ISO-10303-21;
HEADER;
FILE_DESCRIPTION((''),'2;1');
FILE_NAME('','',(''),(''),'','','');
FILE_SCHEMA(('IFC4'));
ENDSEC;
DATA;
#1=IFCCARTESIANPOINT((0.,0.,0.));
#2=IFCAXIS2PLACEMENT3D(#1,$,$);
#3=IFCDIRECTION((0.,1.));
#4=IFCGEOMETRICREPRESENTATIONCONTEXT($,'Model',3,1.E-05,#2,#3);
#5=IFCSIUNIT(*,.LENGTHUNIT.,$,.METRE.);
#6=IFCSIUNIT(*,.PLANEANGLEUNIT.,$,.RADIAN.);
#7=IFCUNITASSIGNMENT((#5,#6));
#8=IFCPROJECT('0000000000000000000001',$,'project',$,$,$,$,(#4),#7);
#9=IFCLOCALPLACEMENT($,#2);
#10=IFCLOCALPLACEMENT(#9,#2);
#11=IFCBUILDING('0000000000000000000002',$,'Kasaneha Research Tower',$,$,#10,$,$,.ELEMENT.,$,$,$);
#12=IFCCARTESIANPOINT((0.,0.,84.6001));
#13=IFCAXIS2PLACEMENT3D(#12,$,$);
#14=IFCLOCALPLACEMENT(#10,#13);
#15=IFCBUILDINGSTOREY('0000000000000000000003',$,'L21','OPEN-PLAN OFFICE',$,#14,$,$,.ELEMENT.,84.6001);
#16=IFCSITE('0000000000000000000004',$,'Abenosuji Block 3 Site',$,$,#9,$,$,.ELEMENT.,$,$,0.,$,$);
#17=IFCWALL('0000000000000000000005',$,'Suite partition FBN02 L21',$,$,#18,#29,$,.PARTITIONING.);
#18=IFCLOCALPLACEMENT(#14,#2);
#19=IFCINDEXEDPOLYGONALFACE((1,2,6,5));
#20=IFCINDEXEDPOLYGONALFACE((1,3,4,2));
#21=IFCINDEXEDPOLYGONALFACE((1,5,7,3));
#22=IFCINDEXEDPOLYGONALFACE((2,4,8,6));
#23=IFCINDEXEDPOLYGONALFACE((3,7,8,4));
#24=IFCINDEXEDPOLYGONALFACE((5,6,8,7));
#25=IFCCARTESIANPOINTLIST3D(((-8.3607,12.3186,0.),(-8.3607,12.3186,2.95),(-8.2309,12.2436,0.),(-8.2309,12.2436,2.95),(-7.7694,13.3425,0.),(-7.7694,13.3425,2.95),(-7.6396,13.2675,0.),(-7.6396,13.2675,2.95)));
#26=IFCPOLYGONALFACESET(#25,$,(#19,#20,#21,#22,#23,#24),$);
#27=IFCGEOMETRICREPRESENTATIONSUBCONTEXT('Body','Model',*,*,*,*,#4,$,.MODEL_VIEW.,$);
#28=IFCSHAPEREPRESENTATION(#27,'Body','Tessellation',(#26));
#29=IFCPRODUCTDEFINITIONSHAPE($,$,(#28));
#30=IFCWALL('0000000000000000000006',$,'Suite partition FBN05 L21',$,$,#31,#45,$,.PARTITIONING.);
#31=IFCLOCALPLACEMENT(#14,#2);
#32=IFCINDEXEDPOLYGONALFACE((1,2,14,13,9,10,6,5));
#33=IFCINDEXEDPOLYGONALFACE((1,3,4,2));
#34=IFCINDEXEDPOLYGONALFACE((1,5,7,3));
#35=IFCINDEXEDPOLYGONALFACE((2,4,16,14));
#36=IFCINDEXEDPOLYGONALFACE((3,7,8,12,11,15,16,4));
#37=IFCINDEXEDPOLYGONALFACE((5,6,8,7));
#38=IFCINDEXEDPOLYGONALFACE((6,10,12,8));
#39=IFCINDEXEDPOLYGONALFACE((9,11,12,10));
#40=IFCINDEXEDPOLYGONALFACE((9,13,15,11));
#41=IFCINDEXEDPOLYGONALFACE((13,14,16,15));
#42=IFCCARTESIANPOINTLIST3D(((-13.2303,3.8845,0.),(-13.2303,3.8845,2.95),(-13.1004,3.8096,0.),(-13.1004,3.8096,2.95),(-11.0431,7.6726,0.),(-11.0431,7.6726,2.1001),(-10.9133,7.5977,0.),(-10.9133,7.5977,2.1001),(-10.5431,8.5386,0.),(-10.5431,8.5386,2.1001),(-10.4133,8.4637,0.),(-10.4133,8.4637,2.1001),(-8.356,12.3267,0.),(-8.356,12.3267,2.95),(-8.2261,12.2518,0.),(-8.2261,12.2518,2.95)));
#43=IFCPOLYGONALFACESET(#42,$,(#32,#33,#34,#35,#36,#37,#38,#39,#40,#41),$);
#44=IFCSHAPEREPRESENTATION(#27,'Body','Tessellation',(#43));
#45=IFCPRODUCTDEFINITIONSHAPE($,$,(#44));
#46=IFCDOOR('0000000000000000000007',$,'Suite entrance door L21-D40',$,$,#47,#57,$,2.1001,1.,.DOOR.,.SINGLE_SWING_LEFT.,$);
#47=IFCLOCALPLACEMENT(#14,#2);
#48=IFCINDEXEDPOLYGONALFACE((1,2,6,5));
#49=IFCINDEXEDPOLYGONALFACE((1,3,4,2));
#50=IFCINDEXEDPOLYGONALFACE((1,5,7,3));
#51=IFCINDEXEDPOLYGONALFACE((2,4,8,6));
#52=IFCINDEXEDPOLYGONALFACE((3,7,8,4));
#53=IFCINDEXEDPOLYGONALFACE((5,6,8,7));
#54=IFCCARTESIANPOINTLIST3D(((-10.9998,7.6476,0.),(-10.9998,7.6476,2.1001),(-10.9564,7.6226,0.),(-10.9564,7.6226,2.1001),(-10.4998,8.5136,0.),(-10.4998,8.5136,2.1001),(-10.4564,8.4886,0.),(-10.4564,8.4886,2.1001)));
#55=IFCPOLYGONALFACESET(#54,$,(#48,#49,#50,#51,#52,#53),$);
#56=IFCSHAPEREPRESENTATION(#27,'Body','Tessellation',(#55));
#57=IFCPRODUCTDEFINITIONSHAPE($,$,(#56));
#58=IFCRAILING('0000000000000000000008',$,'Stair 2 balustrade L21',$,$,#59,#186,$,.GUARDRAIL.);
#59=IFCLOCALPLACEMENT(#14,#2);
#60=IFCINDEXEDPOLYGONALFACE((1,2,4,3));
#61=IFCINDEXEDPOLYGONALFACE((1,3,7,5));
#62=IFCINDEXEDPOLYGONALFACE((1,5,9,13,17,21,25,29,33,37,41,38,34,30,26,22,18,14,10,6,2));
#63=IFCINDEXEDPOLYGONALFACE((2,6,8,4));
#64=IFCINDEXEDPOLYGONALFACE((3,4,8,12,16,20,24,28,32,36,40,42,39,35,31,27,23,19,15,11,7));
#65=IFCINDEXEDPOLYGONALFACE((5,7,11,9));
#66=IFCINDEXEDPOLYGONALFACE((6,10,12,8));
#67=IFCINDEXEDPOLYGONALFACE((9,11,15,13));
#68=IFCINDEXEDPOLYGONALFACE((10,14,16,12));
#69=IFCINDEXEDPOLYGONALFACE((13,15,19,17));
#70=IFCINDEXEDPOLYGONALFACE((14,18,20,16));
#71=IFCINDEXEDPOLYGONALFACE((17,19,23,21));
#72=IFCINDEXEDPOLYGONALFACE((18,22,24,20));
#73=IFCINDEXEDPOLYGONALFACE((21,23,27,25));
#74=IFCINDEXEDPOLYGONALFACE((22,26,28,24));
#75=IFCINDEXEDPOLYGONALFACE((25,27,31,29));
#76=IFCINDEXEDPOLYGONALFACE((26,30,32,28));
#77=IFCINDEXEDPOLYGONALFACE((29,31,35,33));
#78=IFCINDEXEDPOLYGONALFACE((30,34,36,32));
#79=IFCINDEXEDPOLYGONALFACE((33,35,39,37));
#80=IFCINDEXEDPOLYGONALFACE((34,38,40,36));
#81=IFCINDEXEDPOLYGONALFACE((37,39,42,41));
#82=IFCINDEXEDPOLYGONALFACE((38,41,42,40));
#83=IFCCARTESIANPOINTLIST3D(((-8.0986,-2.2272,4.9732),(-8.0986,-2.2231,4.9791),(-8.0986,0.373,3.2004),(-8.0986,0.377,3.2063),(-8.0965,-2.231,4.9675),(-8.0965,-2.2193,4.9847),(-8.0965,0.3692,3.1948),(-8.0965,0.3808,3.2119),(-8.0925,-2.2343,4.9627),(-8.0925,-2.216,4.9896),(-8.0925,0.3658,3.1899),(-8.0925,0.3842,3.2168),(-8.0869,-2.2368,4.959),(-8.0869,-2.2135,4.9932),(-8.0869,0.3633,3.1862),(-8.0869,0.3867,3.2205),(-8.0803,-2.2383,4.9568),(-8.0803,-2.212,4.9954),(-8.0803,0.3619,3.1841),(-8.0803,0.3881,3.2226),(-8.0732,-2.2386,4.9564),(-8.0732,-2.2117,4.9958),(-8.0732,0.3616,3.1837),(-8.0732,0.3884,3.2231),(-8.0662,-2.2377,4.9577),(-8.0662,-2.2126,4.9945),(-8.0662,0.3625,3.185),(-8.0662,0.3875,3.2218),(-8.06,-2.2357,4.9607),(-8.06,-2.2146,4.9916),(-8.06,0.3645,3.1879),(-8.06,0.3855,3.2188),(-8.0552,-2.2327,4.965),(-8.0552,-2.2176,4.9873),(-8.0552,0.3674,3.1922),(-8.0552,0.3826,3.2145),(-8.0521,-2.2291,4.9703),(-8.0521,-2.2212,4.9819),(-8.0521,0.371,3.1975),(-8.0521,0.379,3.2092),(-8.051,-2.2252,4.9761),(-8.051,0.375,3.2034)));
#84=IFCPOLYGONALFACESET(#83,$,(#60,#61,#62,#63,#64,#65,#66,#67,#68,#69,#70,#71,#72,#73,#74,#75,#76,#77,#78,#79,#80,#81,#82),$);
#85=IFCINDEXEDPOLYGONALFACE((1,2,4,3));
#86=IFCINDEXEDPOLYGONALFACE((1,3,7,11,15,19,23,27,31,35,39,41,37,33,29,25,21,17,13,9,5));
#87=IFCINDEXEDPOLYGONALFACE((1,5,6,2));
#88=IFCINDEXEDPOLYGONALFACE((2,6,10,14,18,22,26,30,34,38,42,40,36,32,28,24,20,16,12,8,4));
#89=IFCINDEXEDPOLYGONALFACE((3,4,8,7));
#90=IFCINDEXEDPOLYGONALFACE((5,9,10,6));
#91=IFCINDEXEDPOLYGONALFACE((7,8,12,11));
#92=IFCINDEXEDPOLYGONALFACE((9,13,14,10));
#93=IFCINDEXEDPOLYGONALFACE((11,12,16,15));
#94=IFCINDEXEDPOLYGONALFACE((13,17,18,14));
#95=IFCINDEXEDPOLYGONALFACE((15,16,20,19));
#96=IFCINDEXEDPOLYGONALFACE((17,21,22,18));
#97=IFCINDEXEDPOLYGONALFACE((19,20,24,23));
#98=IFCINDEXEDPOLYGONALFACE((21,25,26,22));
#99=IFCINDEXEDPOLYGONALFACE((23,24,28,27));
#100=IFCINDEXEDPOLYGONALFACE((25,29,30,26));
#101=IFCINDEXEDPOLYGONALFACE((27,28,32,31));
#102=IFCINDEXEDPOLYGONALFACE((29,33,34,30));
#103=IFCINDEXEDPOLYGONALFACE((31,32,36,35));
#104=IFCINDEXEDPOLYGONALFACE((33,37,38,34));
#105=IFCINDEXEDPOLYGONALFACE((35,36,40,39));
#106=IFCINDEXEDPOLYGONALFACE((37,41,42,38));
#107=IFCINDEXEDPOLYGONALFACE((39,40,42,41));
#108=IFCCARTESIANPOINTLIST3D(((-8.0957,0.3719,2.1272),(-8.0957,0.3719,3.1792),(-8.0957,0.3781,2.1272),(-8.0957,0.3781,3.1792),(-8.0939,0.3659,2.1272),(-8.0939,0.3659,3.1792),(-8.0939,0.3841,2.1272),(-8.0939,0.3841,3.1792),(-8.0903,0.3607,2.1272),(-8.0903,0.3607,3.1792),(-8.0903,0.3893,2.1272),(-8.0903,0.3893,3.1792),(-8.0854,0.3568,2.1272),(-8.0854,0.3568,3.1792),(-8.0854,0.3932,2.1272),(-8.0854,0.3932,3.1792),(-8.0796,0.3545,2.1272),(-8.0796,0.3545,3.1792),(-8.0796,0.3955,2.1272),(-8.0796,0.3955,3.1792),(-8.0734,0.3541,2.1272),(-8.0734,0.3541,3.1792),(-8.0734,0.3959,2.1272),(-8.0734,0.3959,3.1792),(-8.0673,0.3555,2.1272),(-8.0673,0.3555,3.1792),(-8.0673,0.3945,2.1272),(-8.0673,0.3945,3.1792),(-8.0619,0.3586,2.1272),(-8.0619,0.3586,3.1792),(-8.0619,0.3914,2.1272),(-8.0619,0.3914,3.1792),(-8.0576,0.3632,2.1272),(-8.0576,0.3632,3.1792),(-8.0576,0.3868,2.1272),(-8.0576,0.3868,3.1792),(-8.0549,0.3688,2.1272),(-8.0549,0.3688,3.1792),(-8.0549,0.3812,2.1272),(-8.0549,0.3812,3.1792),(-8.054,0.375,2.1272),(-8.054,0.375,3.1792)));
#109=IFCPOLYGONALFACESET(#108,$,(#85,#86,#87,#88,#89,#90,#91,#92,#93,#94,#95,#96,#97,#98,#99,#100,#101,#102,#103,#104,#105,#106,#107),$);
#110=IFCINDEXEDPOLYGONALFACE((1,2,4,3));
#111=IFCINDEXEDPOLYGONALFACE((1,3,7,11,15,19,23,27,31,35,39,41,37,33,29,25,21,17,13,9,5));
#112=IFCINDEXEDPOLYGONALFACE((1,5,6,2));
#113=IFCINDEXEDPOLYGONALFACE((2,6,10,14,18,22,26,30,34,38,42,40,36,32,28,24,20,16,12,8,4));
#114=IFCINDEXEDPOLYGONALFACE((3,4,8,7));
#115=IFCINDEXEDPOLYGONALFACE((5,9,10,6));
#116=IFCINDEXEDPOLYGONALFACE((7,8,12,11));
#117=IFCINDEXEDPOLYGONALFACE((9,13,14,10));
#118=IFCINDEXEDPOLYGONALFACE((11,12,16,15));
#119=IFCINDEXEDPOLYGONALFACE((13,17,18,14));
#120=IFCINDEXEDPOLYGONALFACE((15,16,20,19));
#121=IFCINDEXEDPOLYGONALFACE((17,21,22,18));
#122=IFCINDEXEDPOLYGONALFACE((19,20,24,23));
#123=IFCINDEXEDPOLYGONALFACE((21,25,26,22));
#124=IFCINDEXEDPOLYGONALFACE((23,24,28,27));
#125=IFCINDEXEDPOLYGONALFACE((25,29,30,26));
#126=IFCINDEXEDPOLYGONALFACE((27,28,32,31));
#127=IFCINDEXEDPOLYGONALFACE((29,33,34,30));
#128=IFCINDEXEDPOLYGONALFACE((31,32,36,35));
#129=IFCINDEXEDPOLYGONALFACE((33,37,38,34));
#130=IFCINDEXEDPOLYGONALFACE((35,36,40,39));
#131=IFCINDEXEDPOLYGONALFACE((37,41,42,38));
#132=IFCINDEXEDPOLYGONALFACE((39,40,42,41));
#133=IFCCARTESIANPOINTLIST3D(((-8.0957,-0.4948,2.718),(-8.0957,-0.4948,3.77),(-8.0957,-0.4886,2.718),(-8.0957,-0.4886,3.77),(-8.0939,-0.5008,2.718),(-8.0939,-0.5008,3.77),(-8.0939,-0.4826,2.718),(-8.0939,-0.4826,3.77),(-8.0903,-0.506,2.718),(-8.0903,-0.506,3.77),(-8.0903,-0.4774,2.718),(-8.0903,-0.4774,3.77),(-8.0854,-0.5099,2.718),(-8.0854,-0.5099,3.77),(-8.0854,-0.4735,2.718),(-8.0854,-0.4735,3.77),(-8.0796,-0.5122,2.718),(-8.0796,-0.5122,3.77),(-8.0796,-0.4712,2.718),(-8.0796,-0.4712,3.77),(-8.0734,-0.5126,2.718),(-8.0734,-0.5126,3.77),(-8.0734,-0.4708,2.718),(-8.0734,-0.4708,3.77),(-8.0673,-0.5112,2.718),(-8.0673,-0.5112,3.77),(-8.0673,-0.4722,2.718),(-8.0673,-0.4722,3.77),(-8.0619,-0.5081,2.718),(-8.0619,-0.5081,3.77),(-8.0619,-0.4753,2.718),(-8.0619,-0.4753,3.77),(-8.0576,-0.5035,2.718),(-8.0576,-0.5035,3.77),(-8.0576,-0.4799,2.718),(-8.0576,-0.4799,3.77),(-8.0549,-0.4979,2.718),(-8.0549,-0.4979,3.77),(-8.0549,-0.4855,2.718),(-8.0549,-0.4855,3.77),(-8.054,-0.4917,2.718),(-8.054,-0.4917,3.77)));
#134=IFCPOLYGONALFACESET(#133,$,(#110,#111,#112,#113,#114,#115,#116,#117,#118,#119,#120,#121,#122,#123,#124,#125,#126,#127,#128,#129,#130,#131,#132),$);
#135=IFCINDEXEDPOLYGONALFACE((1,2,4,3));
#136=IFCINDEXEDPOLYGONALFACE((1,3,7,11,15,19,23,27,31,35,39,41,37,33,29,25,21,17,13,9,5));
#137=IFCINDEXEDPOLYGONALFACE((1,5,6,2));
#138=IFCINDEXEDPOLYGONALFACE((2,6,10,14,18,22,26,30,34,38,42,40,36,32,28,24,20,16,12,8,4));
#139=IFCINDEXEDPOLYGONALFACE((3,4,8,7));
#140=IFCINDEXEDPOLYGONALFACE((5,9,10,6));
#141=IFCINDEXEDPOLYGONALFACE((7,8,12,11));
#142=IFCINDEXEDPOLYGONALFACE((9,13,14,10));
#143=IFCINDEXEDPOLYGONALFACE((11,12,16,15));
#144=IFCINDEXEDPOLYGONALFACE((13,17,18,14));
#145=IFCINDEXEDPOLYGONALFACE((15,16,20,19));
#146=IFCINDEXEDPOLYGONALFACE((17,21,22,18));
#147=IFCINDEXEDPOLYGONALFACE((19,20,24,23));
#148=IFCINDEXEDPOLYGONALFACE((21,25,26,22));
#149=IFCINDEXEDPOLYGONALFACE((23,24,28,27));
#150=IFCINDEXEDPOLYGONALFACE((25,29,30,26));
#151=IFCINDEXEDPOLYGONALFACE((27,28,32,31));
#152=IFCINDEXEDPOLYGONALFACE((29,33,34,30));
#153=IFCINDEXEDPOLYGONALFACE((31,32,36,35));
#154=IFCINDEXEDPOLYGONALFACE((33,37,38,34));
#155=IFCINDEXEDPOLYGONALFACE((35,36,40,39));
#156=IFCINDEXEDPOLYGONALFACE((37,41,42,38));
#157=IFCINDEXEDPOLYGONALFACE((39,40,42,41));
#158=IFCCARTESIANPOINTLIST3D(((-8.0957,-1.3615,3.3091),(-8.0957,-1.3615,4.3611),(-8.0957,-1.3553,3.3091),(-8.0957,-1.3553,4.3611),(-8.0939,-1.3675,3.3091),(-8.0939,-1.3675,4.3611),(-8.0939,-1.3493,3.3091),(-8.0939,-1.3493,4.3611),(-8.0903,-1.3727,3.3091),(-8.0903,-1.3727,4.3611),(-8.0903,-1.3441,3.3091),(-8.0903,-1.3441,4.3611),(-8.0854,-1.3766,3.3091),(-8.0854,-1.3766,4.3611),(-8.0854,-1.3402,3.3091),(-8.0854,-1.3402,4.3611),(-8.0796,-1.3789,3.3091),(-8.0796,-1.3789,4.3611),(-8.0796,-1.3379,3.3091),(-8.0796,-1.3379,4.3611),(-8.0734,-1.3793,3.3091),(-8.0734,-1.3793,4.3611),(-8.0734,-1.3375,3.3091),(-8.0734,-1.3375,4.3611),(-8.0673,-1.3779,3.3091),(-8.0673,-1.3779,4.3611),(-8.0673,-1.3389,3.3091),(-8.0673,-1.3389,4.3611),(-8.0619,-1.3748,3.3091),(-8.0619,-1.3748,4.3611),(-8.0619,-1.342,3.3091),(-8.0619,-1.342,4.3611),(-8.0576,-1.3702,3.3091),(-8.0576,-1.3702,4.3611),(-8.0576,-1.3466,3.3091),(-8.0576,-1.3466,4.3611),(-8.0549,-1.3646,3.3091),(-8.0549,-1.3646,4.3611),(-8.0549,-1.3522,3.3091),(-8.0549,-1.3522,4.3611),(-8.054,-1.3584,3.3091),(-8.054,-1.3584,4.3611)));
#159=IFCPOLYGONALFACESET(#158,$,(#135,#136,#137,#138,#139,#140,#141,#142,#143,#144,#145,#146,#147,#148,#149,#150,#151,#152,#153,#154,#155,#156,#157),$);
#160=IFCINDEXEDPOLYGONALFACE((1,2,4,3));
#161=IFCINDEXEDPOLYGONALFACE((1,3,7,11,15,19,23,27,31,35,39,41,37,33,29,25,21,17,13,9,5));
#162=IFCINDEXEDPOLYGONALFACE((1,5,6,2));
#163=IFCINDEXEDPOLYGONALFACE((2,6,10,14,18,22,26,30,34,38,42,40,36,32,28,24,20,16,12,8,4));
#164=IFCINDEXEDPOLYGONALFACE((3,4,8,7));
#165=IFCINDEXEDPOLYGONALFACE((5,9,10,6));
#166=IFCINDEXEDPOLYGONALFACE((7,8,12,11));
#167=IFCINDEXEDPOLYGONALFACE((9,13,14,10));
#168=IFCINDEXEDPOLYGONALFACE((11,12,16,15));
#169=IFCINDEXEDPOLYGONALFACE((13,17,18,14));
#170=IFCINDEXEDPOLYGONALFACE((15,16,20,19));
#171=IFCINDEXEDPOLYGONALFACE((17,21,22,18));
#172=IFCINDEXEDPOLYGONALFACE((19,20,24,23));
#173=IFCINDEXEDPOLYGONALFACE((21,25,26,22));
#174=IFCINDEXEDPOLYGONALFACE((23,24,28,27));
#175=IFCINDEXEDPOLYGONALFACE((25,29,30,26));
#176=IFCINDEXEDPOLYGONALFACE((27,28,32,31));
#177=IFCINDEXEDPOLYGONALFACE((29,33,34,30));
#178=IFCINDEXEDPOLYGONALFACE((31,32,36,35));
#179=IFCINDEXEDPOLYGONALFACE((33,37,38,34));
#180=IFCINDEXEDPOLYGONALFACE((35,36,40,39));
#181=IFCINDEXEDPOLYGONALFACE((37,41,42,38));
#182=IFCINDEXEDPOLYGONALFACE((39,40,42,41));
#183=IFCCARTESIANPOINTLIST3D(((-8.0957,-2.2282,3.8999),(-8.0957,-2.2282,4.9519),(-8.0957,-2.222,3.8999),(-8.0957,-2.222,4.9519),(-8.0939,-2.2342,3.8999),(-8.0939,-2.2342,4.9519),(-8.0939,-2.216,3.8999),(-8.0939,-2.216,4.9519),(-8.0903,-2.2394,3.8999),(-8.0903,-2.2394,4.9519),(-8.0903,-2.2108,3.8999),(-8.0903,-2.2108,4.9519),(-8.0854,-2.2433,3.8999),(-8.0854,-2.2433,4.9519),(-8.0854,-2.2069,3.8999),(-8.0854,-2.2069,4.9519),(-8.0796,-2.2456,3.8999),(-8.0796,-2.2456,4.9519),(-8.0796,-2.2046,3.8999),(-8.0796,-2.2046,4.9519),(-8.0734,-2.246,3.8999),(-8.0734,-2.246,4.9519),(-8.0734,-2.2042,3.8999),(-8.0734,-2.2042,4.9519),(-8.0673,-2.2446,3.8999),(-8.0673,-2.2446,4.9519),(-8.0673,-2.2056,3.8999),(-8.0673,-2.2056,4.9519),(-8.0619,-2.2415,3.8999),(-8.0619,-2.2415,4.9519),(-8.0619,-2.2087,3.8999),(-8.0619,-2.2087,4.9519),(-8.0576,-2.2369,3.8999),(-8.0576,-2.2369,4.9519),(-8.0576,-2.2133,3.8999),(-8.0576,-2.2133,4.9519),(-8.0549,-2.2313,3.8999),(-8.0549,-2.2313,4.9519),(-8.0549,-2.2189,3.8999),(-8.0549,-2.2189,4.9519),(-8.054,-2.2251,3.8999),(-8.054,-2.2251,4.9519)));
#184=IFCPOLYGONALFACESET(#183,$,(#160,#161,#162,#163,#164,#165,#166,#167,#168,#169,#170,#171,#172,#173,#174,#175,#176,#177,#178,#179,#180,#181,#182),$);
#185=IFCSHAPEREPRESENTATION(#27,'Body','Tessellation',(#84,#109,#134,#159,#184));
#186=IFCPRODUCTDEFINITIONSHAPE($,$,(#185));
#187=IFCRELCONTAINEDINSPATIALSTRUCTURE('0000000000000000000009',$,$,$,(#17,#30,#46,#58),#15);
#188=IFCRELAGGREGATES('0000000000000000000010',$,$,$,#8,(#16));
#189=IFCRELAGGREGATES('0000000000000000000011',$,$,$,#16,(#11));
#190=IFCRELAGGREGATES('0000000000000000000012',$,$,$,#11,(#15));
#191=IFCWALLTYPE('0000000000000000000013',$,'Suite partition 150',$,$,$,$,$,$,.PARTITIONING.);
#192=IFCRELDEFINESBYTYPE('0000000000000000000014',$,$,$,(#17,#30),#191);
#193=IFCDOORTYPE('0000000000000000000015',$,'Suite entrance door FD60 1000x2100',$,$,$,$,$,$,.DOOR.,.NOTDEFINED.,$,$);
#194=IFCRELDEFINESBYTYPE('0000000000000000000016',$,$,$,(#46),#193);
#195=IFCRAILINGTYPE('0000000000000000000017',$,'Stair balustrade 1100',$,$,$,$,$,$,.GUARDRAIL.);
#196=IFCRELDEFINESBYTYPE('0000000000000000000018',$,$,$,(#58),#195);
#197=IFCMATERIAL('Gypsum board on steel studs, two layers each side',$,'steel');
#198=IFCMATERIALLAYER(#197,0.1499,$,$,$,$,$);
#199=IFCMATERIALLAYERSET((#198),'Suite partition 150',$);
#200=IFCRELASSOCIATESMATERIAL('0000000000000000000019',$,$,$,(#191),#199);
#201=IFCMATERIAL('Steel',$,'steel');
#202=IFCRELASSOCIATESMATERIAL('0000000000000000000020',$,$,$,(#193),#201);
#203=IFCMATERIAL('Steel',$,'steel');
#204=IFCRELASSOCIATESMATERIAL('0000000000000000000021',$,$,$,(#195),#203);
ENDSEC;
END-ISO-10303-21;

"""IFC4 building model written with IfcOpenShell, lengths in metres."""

from ifc_helpers import new_model, si_unit, direction, frame, frame_2d, origin, origin_2d, place, context, subcontext, project, spatial, rectangle, circle, extrude, material, layer, layer_set, type_object, element, fill, save


model = new_model("IFC4")

# Units and contexts
model_context = context("Model", 3, precision=1e-05, world=origin(), true_north=direction((0.0, 1.0)))
body_context = subcontext(model_context, "Body", "Model", "MODEL_VIEW")
ifc_project = project(units=[si_unit("LENGTHUNIT", "METRE"), si_unit("PLANEANGLEUNIT", "RADIAN")], contexts=[model_context])

# Site, building, storey
site_placement = place(None, origin())
site = spatial("IfcSite", under=ifc_project, at=site_placement, Name="Abenosuji Block 3 Site", CompositionType="ELEMENT", RefElevation=0.0)
building_placement = place(site_placement, origin())
building = spatial("IfcBuilding", under=site, at=building_placement, Name="Kasaneha Research Tower", CompositionType="ELEMENT")
storey_placement = place(building_placement, frame((0.0, 0.0, 84.6001)))
storey = spatial("IfcBuildingStorey", under=building, at=storey_placement, Name="L21", Description="OPEN-PLAN OFFICE", CompositionType="ELEMENT", Elevation=84.6001)

# Wall
ifc_material_1 = material(Name="Gypsum board on steel studs, two layers each side", Category="steel")
ifc_layer_1 = layer(ifc_material_1, 0.1499)
ifc_layer_set_1 = layer_set([ifc_layer_1], Name="Suite partition 150")
wall_type_1 = type_object("IfcWallType", Name="Suite partition 150", PredefinedType="PARTITIONING", material=ifc_layer_set_1)
wall_1_placement = place(storey_placement, frame((-8.2959, 12.281, 0.0), z_axis=(0.0, 0.0, 1.0), x_axis=(0.500092, 0.865972, 0.0)))
element("IfcWall", 1, at=wall_1_placement, inside=storey, type_object=wall_type_1, Name="Suite partition FBN02 L21", PredefinedType="PARTITIONING", context=body_context, shape_type="SweptSolid", body=[
    extrude(rectangle(XDim=1.1824, YDim=0.1499, at=frame_2d((0.5913, 0.0))), origin(), (0.0, 0.0, 1.0), 2.95),
])

# Wall, opening, door
wall_2_placement = place(storey_placement, frame((-13.1653, 3.8472, 0.0), z_axis=(0.0, 0.0, 1.0), x_axis=(0.500015, 0.866017, 0.0)))
wall_2 = element("IfcWall", 2, at=wall_2_placement, inside=storey, type_object=wall_type_1, Name="Suite partition FBN05 L21", PredefinedType="PARTITIONING", context=body_context, shape_type="SweptSolid", body=[
    extrude(rectangle(XDim=9.7483, YDim=0.1499, at=frame_2d((4.874, 0.0))), origin(), (0.0, 0.0, 1.0), 2.95),
])
opening_1_placement = place(wall_2_placement, frame((4.374, 0.0, 0.0)))
opening_1 = element("IfcOpeningElement", 3, at=opening_1_placement, cuts=wall_2, PredefinedType="OPENING", context=body_context, shape_type="SweptSolid", body=[
    extrude(rectangle(XDim=1.0, YDim=2.1001, at=frame_2d((0.5, 1.05))), frame((0.0, 0.085, 0.0), z_axis=(0.0, -1.0, 0.0), x_axis=(1.0, 0.0, 0.0)), (0.0, 0.0, 1.0), 0.1699),
])
ifc_material_2 = material(Name="Steel", Category="steel")
door_type_1 = type_object("IfcDoorType", Name="Suite entrance door FD60 1000x2100", OperationType="NOTDEFINED", PredefinedType="DOOR", material=ifc_material_2)
door_1_placement = place(opening_1_placement, origin())
door_1 = element("IfcDoor", 4, at=door_1_placement, inside=storey, type_object=door_type_1, Name="Suite entrance door L21-D40", OperationType="SINGLE_SWING_LEFT", OverallHeight=2.1001, OverallWidth=1.0, PredefinedType="DOOR", context=body_context, shape_type="SweptSolid", body=[
    extrude(rectangle(XDim=1.0, YDim=2.1001, at=frame_2d((0.5, 1.05))), frame((0.0, 0.0249, 0.0), z_axis=(0.0, -1.0, 0.0), x_axis=(1.0, 0.0, 0.0)), (0.0, 0.0, 1.0), 0.05),
])
fill(opening_1, door_1)

# Railing
ifc_material_3 = material(Name="Steel", Category="steel")
railing_type = type_object("IfcRailingType", Name="Stair balustrade 1100", PredefinedType="GUARDRAIL", material=ifc_material_3)
railing_placement = place(storey_placement, frame((-8.075, 0.375, 2.1272)))
element("IfcRailing", 5, at=railing_placement, inside=storey, type_object=railing_type, Name="Stair 2 balustrade L21", PredefinedType="GUARDRAIL", context=body_context, shape_type="SweptSolid", body=[
    extrude(circle(Radius=0.0239, at=origin_2d()), frame((0.0, 0.0, 1.0762), z_axis=(0.0, -0.82624, 0.563318), x_axis=(1.0, 0.0, 0.0)), (0.0, 0.0, 1.0), 3.147),
    extrude(circle(Radius=0.021, at=origin_2d()), origin(), (0.0, 0.0, 1.0), 1.052),
    extrude(circle(Radius=0.021, at=origin_2d()), frame((0.0, -0.8667, 0.5908)), (0.0, 0.0, 1.0), 1.052),
    extrude(circle(Radius=0.021, at=origin_2d()), frame((0.0, -1.7334, 1.1819)), (0.0, 0.0, 1.0), 1.052),
    extrude(circle(Radius=0.021, at=origin_2d()), frame((0.0, -2.6001, 1.7727)), (0.0, 0.0, 1.0), 1.052),
])

save(model, "model.ifc")
